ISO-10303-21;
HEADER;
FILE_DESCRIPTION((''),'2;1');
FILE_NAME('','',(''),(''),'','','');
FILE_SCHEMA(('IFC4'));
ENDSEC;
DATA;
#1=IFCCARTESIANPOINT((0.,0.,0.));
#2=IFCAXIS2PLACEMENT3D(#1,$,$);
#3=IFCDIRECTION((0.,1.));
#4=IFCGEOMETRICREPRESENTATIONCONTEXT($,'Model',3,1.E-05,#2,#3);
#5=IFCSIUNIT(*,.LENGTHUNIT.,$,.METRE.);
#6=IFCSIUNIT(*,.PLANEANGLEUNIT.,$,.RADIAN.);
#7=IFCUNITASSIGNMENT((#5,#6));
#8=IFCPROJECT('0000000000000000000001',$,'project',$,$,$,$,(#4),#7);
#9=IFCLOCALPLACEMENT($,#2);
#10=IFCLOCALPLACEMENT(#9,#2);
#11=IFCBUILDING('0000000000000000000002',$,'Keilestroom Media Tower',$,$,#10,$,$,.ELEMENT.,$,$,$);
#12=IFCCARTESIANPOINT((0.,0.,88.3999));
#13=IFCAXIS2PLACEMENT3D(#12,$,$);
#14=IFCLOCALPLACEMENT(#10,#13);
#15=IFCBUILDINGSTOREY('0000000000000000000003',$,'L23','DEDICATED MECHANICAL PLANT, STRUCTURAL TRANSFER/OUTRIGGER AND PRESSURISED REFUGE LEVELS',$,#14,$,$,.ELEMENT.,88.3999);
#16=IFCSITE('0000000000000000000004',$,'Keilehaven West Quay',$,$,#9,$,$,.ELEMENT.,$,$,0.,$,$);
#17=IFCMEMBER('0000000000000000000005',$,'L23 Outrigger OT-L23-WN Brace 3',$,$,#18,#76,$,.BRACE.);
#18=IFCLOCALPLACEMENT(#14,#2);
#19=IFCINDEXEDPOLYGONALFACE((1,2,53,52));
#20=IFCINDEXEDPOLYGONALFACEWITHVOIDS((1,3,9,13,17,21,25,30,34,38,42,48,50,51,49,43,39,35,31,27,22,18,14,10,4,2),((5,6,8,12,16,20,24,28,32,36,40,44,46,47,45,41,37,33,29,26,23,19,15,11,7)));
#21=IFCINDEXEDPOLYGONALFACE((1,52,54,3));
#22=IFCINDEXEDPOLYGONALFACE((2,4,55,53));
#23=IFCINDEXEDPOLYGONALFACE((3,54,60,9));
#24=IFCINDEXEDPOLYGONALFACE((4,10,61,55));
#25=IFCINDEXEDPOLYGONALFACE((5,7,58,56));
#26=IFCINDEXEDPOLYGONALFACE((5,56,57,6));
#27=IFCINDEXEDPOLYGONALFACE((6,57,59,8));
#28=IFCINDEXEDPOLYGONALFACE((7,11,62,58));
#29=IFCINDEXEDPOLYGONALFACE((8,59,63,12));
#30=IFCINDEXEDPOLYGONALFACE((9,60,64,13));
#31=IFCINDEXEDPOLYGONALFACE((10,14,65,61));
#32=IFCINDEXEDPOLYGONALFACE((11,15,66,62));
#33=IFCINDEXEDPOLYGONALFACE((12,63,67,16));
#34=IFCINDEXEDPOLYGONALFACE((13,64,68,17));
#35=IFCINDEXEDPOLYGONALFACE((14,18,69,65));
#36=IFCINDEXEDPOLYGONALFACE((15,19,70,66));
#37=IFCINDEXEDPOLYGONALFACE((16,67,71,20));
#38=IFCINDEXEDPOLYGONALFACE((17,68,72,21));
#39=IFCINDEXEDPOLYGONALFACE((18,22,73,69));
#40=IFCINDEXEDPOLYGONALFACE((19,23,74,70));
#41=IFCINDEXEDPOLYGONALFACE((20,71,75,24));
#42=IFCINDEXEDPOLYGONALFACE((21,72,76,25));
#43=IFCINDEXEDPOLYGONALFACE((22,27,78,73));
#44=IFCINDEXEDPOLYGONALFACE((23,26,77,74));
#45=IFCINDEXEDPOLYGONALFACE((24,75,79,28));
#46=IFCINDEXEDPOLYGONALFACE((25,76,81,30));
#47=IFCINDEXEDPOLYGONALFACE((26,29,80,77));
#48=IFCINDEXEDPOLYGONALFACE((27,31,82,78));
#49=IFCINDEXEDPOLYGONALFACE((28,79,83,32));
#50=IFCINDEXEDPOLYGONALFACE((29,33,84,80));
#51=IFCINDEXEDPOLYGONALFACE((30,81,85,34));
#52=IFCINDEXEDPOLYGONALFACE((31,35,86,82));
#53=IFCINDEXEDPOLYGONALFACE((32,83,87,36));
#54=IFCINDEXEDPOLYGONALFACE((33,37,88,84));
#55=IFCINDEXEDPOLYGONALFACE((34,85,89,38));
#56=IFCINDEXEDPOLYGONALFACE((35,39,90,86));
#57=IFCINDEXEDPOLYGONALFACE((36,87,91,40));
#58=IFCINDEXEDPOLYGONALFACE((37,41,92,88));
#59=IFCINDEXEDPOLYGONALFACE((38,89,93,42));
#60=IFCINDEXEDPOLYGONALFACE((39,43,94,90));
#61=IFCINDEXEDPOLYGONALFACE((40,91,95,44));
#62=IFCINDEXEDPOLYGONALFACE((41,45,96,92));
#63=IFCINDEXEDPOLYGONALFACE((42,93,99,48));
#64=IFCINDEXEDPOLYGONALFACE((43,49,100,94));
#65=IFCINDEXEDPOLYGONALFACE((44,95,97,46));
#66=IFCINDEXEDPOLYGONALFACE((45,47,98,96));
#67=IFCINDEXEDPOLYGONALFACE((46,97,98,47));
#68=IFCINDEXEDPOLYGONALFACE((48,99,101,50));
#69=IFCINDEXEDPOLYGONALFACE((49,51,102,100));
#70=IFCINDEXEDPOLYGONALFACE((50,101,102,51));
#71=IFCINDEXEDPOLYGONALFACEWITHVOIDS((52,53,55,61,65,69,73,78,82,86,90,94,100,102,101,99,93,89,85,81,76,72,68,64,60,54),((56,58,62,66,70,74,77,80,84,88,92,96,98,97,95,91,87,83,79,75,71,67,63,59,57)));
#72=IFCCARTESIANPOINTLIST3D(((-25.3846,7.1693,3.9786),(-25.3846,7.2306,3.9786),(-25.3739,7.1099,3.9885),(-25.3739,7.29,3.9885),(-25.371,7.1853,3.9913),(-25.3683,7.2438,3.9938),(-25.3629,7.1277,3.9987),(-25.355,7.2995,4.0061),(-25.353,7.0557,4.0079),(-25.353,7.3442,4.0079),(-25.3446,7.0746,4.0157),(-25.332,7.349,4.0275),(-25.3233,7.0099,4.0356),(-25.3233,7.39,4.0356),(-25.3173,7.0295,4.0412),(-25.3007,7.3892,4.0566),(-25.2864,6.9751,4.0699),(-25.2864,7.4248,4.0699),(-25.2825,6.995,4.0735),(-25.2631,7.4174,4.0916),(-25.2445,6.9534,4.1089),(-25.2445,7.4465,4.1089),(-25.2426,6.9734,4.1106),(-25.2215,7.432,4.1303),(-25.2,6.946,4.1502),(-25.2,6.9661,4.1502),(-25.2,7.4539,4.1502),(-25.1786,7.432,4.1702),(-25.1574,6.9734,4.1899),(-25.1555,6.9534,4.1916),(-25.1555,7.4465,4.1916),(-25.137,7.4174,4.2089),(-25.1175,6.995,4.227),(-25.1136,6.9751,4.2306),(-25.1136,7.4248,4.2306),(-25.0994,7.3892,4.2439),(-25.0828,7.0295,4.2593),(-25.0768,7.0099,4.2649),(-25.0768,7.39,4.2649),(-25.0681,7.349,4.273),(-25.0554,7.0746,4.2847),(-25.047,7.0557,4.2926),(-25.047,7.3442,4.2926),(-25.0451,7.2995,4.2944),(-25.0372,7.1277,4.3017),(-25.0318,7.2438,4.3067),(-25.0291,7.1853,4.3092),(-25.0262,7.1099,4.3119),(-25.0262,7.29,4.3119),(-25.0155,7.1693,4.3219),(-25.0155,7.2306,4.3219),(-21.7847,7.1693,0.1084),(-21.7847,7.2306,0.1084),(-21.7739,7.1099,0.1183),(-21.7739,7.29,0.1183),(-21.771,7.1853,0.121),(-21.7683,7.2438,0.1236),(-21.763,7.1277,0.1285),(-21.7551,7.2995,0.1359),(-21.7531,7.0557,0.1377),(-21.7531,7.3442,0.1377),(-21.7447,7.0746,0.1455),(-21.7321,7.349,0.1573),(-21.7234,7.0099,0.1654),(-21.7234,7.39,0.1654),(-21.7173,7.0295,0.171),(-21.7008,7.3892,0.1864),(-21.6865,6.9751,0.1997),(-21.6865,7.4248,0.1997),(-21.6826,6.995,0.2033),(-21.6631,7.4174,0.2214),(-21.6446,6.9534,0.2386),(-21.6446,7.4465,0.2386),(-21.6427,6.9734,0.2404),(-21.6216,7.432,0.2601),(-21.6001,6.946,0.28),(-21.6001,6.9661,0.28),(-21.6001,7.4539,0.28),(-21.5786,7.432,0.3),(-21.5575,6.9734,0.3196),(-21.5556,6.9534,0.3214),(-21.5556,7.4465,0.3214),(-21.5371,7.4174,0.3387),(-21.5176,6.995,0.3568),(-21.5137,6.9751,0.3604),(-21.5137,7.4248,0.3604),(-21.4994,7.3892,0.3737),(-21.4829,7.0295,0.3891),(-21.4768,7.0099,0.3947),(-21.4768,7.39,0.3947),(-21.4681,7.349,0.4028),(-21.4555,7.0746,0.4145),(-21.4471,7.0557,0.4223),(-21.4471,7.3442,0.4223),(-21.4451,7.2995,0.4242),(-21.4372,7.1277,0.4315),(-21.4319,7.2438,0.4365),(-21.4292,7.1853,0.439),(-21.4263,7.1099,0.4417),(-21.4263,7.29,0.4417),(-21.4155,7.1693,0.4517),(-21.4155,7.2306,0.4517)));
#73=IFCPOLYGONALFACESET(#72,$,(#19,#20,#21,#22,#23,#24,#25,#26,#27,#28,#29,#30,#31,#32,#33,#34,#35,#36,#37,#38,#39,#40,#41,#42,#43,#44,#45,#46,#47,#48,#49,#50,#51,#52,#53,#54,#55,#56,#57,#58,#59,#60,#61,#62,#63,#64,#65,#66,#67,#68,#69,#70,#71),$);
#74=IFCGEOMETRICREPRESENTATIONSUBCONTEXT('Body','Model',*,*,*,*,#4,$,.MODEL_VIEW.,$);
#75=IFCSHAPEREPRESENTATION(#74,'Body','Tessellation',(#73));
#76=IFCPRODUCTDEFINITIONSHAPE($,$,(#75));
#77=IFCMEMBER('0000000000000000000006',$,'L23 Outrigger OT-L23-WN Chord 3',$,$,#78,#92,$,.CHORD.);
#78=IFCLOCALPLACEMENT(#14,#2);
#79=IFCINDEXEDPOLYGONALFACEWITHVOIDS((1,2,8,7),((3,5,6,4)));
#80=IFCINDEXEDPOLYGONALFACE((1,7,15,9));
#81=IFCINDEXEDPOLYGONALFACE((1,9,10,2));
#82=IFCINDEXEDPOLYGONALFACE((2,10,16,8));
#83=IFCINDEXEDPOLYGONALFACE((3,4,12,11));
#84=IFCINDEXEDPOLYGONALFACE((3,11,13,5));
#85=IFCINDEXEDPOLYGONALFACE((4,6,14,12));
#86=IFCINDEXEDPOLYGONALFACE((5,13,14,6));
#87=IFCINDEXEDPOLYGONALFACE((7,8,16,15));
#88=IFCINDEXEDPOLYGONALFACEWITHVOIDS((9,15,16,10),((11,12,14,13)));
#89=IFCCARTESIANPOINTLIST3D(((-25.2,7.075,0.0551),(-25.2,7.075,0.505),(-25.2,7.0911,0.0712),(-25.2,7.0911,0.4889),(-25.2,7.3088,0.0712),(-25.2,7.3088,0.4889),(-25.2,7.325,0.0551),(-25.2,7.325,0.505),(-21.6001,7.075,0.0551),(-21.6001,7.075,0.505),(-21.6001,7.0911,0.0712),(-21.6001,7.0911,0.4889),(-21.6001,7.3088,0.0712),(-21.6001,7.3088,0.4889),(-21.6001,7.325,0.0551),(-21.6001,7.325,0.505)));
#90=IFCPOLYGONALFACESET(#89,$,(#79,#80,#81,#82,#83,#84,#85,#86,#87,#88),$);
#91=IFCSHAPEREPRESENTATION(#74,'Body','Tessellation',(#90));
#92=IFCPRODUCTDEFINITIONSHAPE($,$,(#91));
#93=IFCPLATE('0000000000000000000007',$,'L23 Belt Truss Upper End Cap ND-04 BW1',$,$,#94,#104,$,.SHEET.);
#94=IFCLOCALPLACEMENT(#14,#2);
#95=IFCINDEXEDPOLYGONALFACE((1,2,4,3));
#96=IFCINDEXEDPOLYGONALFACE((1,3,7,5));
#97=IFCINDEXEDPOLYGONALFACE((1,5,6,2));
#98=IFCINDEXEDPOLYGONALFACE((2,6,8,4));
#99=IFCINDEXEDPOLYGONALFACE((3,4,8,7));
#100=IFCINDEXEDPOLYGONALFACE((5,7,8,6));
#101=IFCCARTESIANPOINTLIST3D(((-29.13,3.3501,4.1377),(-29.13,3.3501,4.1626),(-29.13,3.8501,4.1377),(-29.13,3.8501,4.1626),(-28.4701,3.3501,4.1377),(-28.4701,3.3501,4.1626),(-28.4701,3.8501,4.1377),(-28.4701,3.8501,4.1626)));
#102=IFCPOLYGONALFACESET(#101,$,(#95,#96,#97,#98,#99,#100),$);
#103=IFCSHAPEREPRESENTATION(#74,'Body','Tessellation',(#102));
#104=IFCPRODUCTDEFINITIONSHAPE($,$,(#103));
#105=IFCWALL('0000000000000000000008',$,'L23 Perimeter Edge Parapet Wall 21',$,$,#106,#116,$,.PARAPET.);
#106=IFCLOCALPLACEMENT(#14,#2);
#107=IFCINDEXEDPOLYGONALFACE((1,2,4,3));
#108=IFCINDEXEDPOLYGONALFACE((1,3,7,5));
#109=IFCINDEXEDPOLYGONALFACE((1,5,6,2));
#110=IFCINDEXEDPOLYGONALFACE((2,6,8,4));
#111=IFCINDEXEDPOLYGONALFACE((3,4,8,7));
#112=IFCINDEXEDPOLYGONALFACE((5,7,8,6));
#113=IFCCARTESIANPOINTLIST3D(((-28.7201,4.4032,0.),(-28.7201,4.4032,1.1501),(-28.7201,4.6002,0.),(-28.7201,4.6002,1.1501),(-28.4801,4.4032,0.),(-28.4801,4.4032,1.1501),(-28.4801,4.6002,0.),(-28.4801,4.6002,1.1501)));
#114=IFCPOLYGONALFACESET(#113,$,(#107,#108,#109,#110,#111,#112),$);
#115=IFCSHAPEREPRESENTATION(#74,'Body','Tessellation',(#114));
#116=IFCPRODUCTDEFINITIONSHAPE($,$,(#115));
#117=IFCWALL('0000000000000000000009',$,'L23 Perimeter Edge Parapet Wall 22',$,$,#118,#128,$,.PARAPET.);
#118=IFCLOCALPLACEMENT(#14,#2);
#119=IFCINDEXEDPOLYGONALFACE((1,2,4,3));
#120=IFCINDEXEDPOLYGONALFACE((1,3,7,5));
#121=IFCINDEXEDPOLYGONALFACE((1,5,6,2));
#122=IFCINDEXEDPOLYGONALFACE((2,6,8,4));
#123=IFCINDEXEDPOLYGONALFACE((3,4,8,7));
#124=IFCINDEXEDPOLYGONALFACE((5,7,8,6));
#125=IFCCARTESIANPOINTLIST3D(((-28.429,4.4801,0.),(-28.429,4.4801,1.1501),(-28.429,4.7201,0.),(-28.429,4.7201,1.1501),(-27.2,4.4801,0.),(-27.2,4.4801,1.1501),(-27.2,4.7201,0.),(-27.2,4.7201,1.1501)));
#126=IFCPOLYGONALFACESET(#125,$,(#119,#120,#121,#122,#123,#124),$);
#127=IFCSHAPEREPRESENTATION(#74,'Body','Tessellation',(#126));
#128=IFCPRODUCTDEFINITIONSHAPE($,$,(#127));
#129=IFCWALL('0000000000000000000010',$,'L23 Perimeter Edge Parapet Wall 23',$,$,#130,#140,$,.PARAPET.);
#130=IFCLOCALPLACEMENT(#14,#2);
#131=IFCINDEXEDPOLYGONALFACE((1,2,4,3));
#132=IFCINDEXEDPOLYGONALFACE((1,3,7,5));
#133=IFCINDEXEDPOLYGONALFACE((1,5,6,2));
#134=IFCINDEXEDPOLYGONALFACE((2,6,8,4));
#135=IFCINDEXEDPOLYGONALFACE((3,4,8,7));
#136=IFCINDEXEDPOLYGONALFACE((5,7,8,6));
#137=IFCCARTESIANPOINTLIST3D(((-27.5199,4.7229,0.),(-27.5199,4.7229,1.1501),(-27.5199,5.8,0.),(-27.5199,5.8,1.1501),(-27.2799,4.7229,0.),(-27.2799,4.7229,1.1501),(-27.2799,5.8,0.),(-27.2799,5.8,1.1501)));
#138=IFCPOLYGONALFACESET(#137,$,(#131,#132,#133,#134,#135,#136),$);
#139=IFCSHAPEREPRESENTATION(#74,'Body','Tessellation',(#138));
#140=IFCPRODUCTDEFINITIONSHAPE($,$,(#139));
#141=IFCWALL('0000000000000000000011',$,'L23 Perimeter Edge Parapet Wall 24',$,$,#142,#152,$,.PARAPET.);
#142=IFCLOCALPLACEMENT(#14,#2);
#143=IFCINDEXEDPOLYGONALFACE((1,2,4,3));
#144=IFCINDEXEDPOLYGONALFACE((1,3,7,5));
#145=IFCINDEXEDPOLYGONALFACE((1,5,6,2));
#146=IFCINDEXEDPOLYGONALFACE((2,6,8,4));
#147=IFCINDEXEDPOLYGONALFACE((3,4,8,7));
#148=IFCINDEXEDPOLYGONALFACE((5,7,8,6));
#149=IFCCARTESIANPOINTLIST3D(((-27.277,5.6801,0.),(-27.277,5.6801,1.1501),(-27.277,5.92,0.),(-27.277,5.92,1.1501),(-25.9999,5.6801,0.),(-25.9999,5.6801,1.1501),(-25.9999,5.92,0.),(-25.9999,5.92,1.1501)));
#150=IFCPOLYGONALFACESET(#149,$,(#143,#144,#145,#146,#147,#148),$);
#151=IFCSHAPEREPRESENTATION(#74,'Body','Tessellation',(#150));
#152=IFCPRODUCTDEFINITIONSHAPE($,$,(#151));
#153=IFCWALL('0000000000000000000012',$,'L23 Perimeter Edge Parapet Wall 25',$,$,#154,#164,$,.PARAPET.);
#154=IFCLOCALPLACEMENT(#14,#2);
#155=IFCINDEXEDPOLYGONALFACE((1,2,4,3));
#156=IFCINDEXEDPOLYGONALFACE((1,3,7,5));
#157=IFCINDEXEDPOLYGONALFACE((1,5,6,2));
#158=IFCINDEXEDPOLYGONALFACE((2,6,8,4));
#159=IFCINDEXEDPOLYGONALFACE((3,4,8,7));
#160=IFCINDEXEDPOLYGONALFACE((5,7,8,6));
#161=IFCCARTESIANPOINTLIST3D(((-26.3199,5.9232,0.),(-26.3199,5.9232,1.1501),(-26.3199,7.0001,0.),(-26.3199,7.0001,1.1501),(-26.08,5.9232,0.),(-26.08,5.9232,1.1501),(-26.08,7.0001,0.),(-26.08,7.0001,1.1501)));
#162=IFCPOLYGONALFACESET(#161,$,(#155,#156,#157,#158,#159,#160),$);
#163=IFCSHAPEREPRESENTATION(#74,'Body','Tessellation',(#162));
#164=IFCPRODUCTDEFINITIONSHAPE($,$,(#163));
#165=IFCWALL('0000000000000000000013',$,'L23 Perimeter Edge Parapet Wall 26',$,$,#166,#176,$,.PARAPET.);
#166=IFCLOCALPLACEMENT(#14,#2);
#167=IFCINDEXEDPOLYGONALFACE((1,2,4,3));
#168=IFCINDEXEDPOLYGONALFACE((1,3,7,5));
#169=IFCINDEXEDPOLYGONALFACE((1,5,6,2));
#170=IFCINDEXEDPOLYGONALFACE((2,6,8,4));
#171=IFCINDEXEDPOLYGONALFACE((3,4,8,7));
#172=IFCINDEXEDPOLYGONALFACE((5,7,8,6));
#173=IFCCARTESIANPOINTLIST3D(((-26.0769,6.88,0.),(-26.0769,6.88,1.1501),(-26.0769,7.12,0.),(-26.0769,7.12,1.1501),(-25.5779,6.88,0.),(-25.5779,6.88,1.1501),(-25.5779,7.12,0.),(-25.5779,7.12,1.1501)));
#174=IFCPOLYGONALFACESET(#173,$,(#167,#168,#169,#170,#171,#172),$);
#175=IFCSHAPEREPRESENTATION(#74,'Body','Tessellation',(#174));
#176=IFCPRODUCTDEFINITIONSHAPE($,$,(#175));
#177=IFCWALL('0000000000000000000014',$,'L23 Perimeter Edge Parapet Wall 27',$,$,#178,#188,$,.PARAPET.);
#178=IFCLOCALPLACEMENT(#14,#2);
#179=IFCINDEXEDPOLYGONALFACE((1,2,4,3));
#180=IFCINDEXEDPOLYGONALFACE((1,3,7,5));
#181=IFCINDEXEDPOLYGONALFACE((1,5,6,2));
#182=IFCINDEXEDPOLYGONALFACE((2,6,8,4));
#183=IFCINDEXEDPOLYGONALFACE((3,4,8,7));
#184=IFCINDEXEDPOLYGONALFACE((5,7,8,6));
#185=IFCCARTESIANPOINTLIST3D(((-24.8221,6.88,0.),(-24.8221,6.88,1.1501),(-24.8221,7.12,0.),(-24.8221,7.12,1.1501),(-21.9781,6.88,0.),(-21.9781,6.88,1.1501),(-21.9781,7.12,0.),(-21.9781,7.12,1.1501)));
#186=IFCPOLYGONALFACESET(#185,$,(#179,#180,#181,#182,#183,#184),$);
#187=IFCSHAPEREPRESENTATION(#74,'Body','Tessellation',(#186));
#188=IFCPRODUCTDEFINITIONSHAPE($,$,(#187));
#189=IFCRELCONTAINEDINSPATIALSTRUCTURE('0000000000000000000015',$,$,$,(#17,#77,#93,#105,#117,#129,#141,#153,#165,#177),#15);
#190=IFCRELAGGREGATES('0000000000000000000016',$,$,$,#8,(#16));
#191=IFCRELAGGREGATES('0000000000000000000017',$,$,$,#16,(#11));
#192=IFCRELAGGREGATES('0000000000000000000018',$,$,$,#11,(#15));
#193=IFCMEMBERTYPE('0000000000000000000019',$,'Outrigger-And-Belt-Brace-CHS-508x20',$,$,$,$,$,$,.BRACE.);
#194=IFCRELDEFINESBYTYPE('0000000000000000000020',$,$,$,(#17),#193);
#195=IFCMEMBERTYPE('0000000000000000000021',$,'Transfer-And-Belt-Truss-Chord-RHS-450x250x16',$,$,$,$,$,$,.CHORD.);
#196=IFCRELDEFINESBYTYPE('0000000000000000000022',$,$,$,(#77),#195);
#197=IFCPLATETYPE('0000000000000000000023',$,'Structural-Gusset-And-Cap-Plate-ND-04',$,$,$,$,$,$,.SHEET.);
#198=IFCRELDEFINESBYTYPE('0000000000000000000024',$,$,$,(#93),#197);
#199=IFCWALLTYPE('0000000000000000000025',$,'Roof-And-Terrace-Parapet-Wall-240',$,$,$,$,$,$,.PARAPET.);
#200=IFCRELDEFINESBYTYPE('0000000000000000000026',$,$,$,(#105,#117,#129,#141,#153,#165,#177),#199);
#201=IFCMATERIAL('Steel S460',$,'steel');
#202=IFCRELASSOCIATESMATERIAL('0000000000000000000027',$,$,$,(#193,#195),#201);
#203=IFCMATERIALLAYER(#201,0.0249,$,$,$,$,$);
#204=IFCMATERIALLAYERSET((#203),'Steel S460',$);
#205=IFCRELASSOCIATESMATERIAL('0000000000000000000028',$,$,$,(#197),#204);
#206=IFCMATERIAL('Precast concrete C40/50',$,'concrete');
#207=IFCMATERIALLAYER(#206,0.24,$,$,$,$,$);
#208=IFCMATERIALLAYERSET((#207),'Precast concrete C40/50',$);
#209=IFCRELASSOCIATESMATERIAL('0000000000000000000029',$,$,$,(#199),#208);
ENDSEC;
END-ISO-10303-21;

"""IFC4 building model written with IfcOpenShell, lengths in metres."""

from ifc_helpers import new_model, si_unit, direction, frame, frame_2d, origin, origin_2d, place, context, subcontext, project, spatial, rectangle, hollow_rectangle, hollow_circle, extrude, source, transform, mapped, material, layer, layer_set, material_profile, profile_set, type_object, element, save


model = new_model("IFC4")

# Units and contexts
model_context = context("Model", 3, precision=1e-05, world=origin(), true_north=direction((0.0, 1.0)))
body_context = subcontext(model_context, "Body", "Model", "MODEL_VIEW")
ifc_project = project(units=[si_unit("LENGTHUNIT", "METRE"), si_unit("PLANEANGLEUNIT", "RADIAN")], contexts=[model_context])

# Site, building, storey
site_placement = place(None, origin())
site = spatial("IfcSite", under=ifc_project, at=site_placement, Name="Keilehaven West Quay", CompositionType="ELEMENT", RefElevation=0.0)
building_placement = place(site_placement, origin())
building = spatial("IfcBuilding", under=site, at=building_placement, Name="Keilestroom Media Tower", CompositionType="ELEMENT")
storey_placement = place(building_placement, frame((0.0, 0.0, 88.3999)))
storey = spatial("IfcBuildingStorey", under=building, at=storey_placement, Name="L23", Description="DEDICATED MECHANICAL PLANT, STRUCTURAL TRANSFER/OUTRIGGER AND PRESSURISED REFUGE LEVELS", CompositionType="ELEMENT", Elevation=88.3999)

# Shared definitions
ifc_material_1 = material(Name="Precast concrete C40/50", Category="concrete")
ifc_material_2 = material(Name="Steel S460", Category="steel")

# Members
ifc_material_profile_1 = material_profile(ifc_material_2, hollow_circle(Radius=0.2539, WallThickness=0.02, at=origin_2d()), Name="CHS 508x20")
ifc_profile_set_1 = profile_set([ifc_material_profile_1], Name="Steel S460")
member_type_1 = type_object("IfcMemberType", Name="Outrigger-And-Belt-Brace-CHS-508x20", PredefinedType="BRACE", material=ifc_profile_set_1)
shared_shape_1 = source(origin(), body_context, "Body", "SweptSolid", [
    extrude(hollow_circle(Radius=0.2539, WallThickness=0.02, at=origin_2d()), origin(), (0.0, 0.0, 1.0), 5.2856),
])
member_1_placement = place(storey_placement, frame((-21.6001, 7.2, 0.28), z_axis=(-0.681078, 0.0, 0.732211), x_axis=(0.0, -1.0, 0.0)))
element("IfcMember", 1, at=member_1_placement, inside=storey, type_object=member_type_1, Name="L23 Outrigger OT-L23-WN Brace 3", PredefinedType="BRACE", context=body_context, shape_type="MappedRepresentation", body=[
    mapped(shared_shape_1, transform((0.0, 0.0, 0.0), x_axis=(1.0, 0.0, 0.0), y_axis=(0.0, 1.0, 0.0), z_axis=(0.0, 0.0, 1.0), scale=1.0)),
])
ifc_material_profile_2 = material_profile(ifc_material_2, hollow_rectangle(XDim=0.25, YDim=0.45, WallThickness=0.0161, at=origin_2d()), Name="RHS 450x250x16")
ifc_profile_set_2 = profile_set([ifc_material_profile_2], Name="Steel S460")
member_type_2 = type_object("IfcMemberType", Name="Transfer-And-Belt-Truss-Chord-RHS-450x250x16", PredefinedType="CHORD", material=ifc_profile_set_2)
shared_shape_2 = source(origin(), body_context, "Body", "SweptSolid", [
    extrude(hollow_rectangle(XDim=0.25, YDim=0.45, WallThickness=0.0161, at=origin_2d()), origin(), (0.0, 0.0, 1.0), 3.5999),
])
member_2_placement = place(storey_placement, frame((-21.6001, 7.2, 0.28), z_axis=(-1.0, 0.0, 0.0), x_axis=(0.0, -1.0, 0.0)))
element("IfcMember", 2, at=member_2_placement, inside=storey, type_object=member_type_2, Name="L23 Outrigger OT-L23-WN Chord 3", PredefinedType="CHORD", context=body_context, shape_type="MappedRepresentation", body=[
    mapped(shared_shape_2, transform((0.0, 0.0, 0.0), x_axis=(1.0, 0.0, 0.0), y_axis=(0.0, 1.0, 0.0), z_axis=(0.0, 0.0, 1.0), scale=1.0)),
])

# Plate
ifc_layer_1 = layer(ifc_material_2, 0.0249)
ifc_layer_set_1 = layer_set([ifc_layer_1], Name="Steel S460")
plate_type = type_object("IfcPlateType", Name="Structural-Gusset-And-Cap-Plate-ND-04", PredefinedType="SHEET", material=ifc_layer_set_1)
shared_shape_3 = source(origin(), body_context, "Body", "SweptSolid", [
    extrude(rectangle(XDim=0.6599, YDim=0.5, at=origin_2d()), origin(), (0.0, 0.0, 1.0), 0.0249),
])
plate_placement = place(storey_placement, frame((-28.8, 3.6001, 4.1377), z_axis=(0.0, 0.0, 1.0), x_axis=(1.0, 0.0, 0.0)))
element("IfcPlate", 3, at=plate_placement, inside=storey, type_object=plate_type, Name="L23 Belt Truss Upper End Cap ND-04 BW1", PredefinedType="SHEET", context=body_context, shape_type="MappedRepresentation", body=[
    mapped(shared_shape_3, transform((0.0, 0.0, 0.0), x_axis=(1.0, 0.0, 0.0), y_axis=(0.0, 1.0, 0.0), z_axis=(0.0, 0.0, 1.0), scale=1.0)),
])

# Walls
ifc_layer_2 = layer(ifc_material_1, 0.24)
ifc_layer_set_2 = layer_set([ifc_layer_2], Name="Precast concrete C40/50")
wall_type = type_object("IfcWallType", Name="Roof-And-Terrace-Parapet-Wall-240", PredefinedType="PARAPET", material=ifc_layer_set_2)
wall_1_placement = place(storey_placement, frame((-28.6001, 4.4031, 0.0), z_axis=(0.0, 0.0, 1.0), x_axis=(0.0, 1.0, 0.0)))
element("IfcWall", 4, at=wall_1_placement, inside=storey, type_object=wall_type, Name="L23 Perimeter Edge Parapet Wall 21", PredefinedType="PARAPET", context=body_context, shape_type="SweptSolid", body=[
    extrude(rectangle(XDim=0.197, YDim=0.24, at=frame_2d((0.0986, 0.0))), origin(), (0.0, 0.0, 1.0), 1.1501),
])
wall_2_placement = place(storey_placement, frame((-28.429, 4.6001, 0.0), z_axis=(0.0, 0.0, 1.0), x_axis=(1.0, 0.0, 0.0)))
element("IfcWall", 5, at=wall_2_placement, inside=storey, type_object=wall_type, Name="L23 Perimeter Edge Parapet Wall 22", PredefinedType="PARAPET", context=body_context, shape_type="SweptSolid", body=[
    extrude(rectangle(XDim=1.229, YDim=0.24, at=frame_2d((0.6145, 0.0))), origin(), (0.0, 0.0, 1.0), 1.1501),
])
wall_3_placement = place(storey_placement, frame((-27.3999, 4.7229, 0.0), z_axis=(0.0, 0.0, 1.0), x_axis=(0.0, 1.0, 0.0)))
element("IfcWall", 6, at=wall_3_placement, inside=storey, type_object=wall_type, Name="L23 Perimeter Edge Parapet Wall 23", PredefinedType="PARAPET", context=body_context, shape_type="SweptSolid", body=[
    extrude(rectangle(XDim=1.0771, YDim=0.24, at=frame_2d((0.5386, 0.0))), origin(), (0.0, 0.0, 1.0), 1.1501),
])
wall_4_placement = place(storey_placement, frame((-27.2771, 5.8, 0.0), z_axis=(0.0, 0.0, 1.0), x_axis=(1.0, 0.0, 0.0)))
element("IfcWall", 7, at=wall_4_placement, inside=storey, type_object=wall_type, Name="L23 Perimeter Edge Parapet Wall 24", PredefinedType="PARAPET", context=body_context, shape_type="SweptSolid", body=[
    extrude(rectangle(XDim=1.2771, YDim=0.24, at=frame_2d((0.6387, 0.0))), origin(), (0.0, 0.0, 1.0), 1.1501),
])
wall_5_placement = place(storey_placement, frame((-26.2, 5.9231, 0.0), z_axis=(0.0, 0.0, 1.0), x_axis=(0.0, 1.0, 0.0)))
element("IfcWall", 8, at=wall_5_placement, inside=storey, type_object=wall_type, Name="L23 Perimeter Edge Parapet Wall 25", PredefinedType="PARAPET", context=body_context, shape_type="SweptSolid", body=[
    extrude(rectangle(XDim=1.0769, YDim=0.24, at=frame_2d((0.5386, 0.0))), origin(), (0.0, 0.0, 1.0), 1.1501),
])
wall_6_placement = place(storey_placement, frame((-26.0769, 7.0, 0.0), z_axis=(0.0, 0.0, 1.0), x_axis=(1.0, 0.0, 0.0)))
element("IfcWall", 9, at=wall_6_placement, inside=storey, type_object=wall_type, Name="L23 Perimeter Edge Parapet Wall 26", PredefinedType="PARAPET", context=body_context, shape_type="SweptSolid", body=[
    extrude(rectangle(XDim=0.499, YDim=0.24, at=frame_2d((0.2495, 0.0))), origin(), (0.0, 0.0, 1.0), 1.1501),
])
for number, where, z_axis, x_axis, name in (
    (10, (-24.822, 7.0, 0.0), (0.0, 0.0, 1.0), (1.0, 0.0, 0.0), "L23 Perimeter Edge Parapet Wall 27"),
):
    element("IfcWall", number, at=place(storey_placement, frame(where, z_axis=z_axis, x_axis=x_axis)), inside=storey, type_object=wall_type, Name=name, PredefinedType="PARAPET", context=body_context, shape_type="SweptSolid", body=[
        extrude(rectangle(XDim=2.844, YDim=0.24, at=frame_2d((1.4219, 0.0))), origin(), (0.0, 0.0, 1.0), 1.1501),
    ])

save(model, "model.ifc")
